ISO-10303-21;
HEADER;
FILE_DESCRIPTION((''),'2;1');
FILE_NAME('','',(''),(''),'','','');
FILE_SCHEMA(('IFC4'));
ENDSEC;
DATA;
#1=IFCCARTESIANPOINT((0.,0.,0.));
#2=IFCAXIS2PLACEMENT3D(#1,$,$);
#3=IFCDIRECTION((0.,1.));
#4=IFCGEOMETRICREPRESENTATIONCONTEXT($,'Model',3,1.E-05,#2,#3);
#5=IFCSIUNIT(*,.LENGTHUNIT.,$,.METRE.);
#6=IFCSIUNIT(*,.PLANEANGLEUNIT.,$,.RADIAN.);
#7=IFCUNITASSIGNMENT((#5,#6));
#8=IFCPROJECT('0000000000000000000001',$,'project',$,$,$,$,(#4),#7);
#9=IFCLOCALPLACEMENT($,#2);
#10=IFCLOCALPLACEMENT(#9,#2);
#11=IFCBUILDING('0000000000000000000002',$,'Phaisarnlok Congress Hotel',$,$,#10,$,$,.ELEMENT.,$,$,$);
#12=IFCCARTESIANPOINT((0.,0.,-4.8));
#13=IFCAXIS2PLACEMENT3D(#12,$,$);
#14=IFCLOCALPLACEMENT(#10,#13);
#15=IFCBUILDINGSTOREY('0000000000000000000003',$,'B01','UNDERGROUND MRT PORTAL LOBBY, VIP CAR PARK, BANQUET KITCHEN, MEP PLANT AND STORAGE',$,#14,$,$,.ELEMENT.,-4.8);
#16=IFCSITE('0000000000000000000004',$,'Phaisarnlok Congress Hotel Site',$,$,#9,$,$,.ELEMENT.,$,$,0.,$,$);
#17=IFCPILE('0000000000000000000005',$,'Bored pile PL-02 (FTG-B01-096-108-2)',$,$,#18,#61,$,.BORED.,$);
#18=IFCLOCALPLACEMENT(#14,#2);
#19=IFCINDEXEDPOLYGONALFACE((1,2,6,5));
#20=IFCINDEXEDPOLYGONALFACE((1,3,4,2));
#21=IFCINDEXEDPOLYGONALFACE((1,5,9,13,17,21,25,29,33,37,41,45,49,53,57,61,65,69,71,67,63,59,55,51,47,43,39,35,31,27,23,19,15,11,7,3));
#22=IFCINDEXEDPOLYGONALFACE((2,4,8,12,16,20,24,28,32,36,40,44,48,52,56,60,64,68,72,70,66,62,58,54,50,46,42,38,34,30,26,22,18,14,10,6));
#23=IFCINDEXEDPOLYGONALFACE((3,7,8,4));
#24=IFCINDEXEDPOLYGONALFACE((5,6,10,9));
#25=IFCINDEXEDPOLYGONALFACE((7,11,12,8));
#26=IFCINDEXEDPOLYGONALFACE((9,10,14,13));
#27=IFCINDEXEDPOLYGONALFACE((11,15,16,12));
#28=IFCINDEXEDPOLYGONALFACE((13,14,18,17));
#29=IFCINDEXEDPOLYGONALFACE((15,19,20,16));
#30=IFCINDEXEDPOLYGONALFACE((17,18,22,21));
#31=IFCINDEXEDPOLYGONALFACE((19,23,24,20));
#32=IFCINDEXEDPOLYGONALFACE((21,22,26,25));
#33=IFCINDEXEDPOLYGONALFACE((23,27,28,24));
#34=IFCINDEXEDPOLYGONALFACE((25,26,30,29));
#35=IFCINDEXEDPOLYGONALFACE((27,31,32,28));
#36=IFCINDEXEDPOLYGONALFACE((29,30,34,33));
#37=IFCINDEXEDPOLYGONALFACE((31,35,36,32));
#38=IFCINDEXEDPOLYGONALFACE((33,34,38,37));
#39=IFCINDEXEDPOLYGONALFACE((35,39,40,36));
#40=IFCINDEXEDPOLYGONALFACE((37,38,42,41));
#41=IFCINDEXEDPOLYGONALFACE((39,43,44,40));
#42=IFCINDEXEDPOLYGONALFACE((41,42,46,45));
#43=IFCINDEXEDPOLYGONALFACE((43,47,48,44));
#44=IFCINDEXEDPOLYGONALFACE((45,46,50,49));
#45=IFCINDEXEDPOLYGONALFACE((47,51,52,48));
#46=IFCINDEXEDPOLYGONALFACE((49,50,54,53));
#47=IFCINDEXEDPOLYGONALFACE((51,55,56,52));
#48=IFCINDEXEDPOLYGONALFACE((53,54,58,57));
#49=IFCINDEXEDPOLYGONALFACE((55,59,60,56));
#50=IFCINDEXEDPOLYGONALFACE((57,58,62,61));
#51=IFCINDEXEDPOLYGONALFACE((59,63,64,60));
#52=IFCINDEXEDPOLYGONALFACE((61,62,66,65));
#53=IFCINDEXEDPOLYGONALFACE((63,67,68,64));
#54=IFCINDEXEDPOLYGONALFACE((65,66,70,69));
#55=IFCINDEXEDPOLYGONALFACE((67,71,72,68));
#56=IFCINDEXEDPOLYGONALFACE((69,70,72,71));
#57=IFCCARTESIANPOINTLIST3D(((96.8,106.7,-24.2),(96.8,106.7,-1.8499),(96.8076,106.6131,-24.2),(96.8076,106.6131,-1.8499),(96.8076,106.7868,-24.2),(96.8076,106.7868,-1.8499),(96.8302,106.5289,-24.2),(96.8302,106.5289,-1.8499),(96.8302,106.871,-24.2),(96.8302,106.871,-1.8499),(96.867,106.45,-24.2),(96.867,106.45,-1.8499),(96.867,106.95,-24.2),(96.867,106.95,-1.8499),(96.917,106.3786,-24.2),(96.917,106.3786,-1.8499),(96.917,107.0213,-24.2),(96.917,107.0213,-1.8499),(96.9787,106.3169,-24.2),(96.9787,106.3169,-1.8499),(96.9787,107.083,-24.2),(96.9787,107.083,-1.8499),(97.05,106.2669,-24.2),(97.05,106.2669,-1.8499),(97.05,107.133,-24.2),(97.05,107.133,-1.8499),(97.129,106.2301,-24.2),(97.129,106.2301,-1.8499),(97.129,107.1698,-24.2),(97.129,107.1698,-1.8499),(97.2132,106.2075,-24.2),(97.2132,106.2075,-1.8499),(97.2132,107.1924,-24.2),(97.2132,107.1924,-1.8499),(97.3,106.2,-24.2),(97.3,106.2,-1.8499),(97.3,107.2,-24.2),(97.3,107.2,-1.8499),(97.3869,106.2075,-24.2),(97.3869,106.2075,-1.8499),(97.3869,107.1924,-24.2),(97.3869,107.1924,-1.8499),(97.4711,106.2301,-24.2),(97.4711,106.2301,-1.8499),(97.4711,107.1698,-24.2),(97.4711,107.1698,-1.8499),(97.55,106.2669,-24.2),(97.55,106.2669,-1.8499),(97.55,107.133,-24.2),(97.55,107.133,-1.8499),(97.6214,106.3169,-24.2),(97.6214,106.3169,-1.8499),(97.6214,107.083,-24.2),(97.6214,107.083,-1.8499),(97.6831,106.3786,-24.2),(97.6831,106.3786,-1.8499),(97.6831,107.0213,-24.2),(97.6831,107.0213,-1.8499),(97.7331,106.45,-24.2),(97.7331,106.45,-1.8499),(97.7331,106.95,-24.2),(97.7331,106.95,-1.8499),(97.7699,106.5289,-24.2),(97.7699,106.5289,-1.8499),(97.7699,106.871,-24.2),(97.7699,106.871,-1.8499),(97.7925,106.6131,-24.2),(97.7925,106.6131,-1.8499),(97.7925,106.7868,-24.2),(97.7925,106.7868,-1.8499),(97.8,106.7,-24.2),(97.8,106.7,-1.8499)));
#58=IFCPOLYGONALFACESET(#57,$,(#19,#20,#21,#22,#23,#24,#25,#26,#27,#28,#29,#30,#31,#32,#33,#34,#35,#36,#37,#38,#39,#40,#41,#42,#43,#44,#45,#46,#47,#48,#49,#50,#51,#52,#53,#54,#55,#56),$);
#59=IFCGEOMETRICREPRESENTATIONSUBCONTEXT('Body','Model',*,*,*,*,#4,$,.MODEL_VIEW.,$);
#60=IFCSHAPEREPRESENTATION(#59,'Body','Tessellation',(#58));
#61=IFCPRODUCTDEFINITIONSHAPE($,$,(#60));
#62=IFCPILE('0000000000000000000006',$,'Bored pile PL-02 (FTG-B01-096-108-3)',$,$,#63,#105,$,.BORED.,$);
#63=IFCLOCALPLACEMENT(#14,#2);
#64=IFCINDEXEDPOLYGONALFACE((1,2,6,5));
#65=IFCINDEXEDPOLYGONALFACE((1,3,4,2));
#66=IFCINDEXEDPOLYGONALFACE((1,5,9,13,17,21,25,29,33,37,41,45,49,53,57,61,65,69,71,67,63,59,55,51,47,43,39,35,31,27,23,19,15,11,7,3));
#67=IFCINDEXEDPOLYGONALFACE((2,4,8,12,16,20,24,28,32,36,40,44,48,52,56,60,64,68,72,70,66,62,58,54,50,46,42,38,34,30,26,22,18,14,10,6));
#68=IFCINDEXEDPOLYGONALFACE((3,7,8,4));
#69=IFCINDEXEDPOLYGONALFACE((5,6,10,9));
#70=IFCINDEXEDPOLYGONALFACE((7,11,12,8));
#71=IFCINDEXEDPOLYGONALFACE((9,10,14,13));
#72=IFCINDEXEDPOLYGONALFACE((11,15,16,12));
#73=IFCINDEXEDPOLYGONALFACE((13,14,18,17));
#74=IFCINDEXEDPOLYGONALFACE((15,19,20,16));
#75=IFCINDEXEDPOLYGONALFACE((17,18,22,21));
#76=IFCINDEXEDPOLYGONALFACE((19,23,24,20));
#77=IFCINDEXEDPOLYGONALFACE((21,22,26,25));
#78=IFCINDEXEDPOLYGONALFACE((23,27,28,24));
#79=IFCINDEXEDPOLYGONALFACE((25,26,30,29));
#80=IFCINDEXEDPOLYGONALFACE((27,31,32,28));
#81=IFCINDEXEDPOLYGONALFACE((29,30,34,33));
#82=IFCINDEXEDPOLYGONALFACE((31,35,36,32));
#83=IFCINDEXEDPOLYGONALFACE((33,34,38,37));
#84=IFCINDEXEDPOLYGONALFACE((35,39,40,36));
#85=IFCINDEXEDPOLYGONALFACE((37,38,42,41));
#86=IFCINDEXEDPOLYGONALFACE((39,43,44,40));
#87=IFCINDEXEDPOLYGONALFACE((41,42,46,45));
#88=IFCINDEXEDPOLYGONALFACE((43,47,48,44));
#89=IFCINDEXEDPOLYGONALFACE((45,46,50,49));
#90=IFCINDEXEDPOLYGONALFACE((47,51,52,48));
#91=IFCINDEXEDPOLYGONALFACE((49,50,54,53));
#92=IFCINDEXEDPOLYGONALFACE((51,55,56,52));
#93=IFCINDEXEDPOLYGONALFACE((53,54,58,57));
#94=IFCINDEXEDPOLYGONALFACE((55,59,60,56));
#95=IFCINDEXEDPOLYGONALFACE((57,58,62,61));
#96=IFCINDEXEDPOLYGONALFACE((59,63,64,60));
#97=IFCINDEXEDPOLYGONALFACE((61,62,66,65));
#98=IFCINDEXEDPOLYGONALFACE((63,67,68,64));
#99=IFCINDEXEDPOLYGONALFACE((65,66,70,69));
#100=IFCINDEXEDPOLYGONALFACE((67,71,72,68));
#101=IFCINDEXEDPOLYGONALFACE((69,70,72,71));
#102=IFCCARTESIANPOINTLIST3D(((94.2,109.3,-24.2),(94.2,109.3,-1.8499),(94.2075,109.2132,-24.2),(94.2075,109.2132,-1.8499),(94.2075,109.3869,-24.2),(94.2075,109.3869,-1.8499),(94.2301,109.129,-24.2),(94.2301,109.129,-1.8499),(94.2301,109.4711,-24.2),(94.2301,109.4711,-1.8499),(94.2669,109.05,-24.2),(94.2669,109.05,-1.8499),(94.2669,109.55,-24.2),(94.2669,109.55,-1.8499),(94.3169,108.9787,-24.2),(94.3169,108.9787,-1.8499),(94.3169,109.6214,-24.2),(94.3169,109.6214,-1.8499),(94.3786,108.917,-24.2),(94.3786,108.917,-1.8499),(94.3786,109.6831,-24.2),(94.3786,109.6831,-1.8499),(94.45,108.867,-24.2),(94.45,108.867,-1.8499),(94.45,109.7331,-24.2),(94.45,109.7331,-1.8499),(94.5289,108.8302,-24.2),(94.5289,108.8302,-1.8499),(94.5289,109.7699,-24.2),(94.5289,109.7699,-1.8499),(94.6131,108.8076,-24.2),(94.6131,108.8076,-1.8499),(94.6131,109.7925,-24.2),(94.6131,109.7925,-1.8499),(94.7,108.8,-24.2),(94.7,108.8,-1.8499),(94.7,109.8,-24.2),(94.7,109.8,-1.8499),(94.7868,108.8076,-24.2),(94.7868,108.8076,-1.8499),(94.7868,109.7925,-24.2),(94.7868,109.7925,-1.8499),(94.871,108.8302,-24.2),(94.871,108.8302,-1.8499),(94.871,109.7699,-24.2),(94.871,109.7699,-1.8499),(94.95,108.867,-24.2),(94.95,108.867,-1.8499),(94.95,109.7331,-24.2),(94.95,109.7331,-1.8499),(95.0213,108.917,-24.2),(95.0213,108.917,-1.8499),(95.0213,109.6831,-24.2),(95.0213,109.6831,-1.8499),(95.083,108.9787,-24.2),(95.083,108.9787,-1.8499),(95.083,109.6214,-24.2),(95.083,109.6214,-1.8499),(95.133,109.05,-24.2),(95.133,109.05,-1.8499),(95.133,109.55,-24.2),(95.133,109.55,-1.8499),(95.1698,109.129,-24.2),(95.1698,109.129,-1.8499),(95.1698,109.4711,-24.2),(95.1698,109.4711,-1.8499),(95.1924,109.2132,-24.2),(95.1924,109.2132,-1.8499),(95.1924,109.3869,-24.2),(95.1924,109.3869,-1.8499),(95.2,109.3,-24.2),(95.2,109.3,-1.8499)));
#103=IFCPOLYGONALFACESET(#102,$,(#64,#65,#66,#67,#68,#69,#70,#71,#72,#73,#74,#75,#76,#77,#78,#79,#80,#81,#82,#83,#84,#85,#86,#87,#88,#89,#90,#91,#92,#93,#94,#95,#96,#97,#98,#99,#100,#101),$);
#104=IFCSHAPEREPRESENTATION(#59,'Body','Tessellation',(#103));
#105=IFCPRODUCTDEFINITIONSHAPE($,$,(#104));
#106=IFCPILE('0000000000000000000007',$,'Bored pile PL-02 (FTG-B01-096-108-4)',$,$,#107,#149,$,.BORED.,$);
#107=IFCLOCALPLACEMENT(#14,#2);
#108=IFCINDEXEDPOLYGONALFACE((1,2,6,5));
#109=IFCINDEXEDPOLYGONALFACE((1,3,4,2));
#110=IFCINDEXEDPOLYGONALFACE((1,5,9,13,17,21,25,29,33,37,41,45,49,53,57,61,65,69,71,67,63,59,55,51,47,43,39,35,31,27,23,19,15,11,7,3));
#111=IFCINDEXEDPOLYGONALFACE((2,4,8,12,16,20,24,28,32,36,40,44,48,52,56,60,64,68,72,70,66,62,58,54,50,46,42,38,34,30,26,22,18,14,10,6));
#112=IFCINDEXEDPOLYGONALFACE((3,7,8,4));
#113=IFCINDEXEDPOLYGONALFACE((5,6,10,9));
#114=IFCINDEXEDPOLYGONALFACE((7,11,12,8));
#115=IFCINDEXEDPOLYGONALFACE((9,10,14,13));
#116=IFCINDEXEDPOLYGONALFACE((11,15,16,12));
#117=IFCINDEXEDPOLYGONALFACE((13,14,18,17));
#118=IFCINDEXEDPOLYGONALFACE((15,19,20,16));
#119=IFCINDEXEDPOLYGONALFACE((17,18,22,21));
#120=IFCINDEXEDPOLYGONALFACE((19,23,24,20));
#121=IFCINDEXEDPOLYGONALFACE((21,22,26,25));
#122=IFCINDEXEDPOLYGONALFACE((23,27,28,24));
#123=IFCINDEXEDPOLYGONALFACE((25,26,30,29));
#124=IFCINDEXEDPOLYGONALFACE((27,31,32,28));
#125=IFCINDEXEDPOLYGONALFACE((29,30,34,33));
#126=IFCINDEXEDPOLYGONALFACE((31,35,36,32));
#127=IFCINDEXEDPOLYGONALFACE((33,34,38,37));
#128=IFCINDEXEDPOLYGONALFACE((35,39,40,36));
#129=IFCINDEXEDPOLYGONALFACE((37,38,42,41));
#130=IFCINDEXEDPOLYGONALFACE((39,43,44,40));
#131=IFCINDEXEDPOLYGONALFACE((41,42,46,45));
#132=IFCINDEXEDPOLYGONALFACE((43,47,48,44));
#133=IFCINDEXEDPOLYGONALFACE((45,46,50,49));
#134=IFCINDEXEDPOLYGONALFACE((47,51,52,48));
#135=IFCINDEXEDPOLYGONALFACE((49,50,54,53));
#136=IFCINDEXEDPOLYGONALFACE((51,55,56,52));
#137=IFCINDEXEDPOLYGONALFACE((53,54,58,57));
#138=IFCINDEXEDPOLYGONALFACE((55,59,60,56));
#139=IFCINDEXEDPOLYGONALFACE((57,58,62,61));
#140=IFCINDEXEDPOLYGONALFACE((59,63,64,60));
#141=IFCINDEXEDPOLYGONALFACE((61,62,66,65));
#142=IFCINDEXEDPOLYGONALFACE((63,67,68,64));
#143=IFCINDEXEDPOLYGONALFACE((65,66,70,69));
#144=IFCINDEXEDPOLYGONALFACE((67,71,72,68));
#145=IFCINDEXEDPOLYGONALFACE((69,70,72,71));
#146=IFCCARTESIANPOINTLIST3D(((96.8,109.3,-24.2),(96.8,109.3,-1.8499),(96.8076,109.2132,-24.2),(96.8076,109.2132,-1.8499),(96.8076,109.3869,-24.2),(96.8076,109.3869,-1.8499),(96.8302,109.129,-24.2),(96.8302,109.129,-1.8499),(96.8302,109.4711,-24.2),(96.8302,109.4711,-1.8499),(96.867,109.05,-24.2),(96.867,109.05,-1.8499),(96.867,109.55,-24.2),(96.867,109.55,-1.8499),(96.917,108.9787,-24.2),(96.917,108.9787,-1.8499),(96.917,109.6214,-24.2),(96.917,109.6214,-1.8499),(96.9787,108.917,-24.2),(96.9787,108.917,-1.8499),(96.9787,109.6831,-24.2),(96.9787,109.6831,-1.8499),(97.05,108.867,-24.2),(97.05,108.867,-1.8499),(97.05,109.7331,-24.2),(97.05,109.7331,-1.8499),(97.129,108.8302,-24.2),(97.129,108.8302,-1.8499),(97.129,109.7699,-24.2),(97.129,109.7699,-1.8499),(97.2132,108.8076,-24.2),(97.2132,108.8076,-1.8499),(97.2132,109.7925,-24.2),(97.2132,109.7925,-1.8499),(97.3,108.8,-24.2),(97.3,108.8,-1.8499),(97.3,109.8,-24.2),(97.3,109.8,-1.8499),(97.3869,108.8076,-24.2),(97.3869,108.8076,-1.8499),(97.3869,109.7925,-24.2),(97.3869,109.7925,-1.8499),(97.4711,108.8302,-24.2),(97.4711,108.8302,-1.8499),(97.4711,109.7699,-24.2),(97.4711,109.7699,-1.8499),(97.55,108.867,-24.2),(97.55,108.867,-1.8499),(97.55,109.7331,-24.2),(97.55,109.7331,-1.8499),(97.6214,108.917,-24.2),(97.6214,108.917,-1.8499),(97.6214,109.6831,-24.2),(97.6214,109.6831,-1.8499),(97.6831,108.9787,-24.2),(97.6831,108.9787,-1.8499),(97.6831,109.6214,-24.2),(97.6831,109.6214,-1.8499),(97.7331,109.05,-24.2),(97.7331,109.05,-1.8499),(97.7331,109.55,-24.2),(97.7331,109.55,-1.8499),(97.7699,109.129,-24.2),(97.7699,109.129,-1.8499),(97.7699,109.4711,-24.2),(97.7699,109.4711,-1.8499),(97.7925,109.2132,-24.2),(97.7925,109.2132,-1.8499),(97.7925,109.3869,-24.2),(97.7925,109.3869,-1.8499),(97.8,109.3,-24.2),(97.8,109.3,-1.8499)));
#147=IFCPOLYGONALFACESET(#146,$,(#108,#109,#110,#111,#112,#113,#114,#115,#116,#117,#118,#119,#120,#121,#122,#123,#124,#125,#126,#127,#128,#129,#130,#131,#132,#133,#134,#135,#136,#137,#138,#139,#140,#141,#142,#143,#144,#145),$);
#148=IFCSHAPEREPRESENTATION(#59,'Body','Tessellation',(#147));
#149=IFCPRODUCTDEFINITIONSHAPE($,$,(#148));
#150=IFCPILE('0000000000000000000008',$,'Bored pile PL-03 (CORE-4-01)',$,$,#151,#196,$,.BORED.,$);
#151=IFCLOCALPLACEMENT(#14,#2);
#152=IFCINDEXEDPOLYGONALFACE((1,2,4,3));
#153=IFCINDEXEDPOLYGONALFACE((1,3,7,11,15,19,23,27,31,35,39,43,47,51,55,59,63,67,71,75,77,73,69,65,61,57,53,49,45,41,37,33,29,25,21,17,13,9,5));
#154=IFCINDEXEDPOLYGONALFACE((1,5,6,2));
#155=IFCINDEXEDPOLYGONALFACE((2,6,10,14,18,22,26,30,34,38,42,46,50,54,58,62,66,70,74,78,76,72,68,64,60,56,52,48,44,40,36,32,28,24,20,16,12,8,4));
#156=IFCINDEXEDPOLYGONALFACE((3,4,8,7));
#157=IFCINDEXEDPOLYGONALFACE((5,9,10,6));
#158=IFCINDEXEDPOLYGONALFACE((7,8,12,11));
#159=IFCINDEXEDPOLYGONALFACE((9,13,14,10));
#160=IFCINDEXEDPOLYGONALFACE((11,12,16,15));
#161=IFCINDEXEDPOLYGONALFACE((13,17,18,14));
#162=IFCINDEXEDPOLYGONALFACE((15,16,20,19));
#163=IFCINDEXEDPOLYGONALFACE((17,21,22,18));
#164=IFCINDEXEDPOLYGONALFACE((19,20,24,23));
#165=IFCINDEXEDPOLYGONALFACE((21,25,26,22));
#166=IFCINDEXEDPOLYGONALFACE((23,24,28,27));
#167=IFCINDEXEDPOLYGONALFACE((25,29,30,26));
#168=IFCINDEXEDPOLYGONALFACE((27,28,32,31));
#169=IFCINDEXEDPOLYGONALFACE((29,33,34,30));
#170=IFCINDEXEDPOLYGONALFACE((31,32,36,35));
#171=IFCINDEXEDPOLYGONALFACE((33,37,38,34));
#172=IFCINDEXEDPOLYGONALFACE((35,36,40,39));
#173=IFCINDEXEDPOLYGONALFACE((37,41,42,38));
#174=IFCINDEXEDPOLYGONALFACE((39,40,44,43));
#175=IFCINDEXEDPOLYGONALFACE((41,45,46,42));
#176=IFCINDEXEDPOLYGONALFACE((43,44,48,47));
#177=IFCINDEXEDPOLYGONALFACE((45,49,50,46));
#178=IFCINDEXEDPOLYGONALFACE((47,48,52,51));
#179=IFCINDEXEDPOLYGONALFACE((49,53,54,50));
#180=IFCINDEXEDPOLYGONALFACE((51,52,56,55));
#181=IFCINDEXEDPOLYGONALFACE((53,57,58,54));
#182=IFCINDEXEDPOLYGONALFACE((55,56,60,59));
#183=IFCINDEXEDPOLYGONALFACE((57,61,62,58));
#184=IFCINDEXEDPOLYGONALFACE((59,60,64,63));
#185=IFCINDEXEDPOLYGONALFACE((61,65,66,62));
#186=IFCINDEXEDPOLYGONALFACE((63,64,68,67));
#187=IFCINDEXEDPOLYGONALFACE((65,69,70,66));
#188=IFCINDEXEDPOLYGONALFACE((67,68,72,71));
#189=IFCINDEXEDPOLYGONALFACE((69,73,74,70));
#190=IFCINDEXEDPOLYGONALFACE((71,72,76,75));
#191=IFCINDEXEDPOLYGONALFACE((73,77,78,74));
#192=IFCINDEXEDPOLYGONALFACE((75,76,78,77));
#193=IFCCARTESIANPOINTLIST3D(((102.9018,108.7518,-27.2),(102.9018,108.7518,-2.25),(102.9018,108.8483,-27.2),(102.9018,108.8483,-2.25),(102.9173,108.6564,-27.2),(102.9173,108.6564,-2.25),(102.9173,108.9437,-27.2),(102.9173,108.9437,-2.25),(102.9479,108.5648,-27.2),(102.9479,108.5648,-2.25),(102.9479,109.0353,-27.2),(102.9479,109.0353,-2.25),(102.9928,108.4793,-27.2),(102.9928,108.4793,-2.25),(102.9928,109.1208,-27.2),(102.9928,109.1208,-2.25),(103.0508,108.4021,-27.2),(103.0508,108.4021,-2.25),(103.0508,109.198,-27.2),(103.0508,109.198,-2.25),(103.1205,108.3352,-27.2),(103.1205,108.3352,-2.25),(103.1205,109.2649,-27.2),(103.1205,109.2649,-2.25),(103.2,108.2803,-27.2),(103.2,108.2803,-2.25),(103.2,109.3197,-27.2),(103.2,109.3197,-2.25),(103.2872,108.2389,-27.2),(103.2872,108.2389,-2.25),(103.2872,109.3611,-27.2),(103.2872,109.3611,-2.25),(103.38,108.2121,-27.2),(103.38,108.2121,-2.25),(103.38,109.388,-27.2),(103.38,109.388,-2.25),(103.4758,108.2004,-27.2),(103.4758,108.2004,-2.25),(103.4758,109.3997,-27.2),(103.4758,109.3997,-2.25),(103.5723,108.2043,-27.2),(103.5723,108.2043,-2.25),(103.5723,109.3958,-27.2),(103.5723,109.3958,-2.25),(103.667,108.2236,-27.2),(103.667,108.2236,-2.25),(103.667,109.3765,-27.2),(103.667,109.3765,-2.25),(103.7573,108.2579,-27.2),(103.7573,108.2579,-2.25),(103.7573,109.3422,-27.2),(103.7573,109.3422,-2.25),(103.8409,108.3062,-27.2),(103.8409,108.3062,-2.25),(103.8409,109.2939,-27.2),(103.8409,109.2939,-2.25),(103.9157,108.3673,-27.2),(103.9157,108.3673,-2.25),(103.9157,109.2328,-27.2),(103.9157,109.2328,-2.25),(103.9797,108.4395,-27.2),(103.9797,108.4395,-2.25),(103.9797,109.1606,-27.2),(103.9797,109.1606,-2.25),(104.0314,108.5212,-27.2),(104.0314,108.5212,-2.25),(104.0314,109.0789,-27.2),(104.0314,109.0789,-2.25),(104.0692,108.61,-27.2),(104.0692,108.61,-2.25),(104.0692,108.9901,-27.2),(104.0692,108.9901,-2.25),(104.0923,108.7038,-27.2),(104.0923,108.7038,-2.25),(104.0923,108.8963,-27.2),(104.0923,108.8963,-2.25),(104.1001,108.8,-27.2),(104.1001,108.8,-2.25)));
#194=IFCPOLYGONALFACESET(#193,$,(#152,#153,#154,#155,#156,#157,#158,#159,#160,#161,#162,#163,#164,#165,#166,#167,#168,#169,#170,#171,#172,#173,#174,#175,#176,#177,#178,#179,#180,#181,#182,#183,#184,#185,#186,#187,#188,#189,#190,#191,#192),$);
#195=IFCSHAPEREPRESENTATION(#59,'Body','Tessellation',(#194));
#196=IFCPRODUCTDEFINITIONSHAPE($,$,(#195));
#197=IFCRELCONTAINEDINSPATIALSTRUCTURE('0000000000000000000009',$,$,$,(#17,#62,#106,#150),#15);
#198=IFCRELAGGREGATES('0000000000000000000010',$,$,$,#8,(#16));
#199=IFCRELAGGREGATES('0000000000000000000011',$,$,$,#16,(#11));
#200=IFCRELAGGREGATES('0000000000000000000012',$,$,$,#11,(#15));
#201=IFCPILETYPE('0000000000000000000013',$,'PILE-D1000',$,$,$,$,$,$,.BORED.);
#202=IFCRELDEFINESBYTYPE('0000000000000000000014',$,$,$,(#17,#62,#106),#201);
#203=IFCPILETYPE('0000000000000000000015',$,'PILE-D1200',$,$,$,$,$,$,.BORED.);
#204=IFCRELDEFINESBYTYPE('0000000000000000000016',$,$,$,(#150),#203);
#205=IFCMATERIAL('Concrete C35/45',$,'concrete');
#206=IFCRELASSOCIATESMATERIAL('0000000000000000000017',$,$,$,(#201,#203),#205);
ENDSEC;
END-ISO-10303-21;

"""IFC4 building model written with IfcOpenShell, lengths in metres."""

from ifc_helpers import new_model, si_unit, direction, frame, origin, origin_2d, place, context, subcontext, project, spatial, circle, extrude, material, material_profile, profile_set, type_object, element, save


model = new_model("IFC4")

# Units and contexts
model_context = context("Model", 3, precision=1e-05, world=origin(), true_north=direction((0.0, 1.0)))
body_context = subcontext(model_context, "Body", "Model", "MODEL_VIEW")
ifc_project = project(units=[si_unit("LENGTHUNIT", "METRE"), si_unit("PLANEANGLEUNIT", "RADIAN")], contexts=[model_context])

# Site, building, storey
site_placement = place(None, origin())
site = spatial("IfcSite", under=ifc_project, at=site_placement, Name="Phaisarnlok Congress Hotel Site", CompositionType="ELEMENT", RefElevation=0.0)
building_placement = place(site_placement, origin())
building = spatial("IfcBuilding", under=site, at=building_placement, Name="Phaisarnlok Congress Hotel", CompositionType="ELEMENT")
storey_placement = place(building_placement, frame((0.0, 0.0, -4.8)))
storey = spatial("IfcBuildingStorey", under=building, at=storey_placement, Name="B01", Description="UNDERGROUND MRT PORTAL LOBBY, VIP CAR PARK, BANQUET KITCHEN, MEP PLANT AND STORAGE", CompositionType="ELEMENT", Elevation=-4.8)

# Piles
ifc_material_1 = material(Name="Concrete C35/45", Category="concrete")
ifc_material_profile_1 = material_profile(ifc_material_1, circle(Radius=0.5, at=origin_2d()), Name="BORED PILE D1000")
ifc_profile_set_1 = profile_set([ifc_material_profile_1], Name="Concrete C35/45")
pile_type_1 = type_object("IfcPileType", Name="PILE-D1000", PredefinedType="BORED", material=ifc_profile_set_1)
for number, where, z_axis, x_axis, name in (
    (1, (97.3, 106.7, -1.8499), (0.0, 0.0, -1.0), (1.0, 0.0, 0.0), "Bored pile PL-02 (FTG-B01-096-108-2)"),
    (2, (94.7, 109.3, -1.8499), (0.0, 0.0, -1.0), (1.0, 0.0, 0.0), "Bored pile PL-02 (FTG-B01-096-108-3)"),
    (3, (97.3, 109.3, -1.8499), (0.0, 0.0, -1.0), (1.0, 0.0, 0.0), "Bored pile PL-02 (FTG-B01-096-108-4)"),
):
    element("IfcPile", number, at=place(storey_placement, frame(where, z_axis=z_axis, x_axis=x_axis)), inside=storey, type_object=pile_type_1, Name=name, PredefinedType="BORED", context=body_context, shape_type="SweptSolid", body=[
        extrude(circle(Radius=0.5, at=origin_2d()), origin(), (0.0, 0.0, 1.0), 22.3501),
    ])
ifc_material_profile_2 = material_profile(ifc_material_1, circle(Radius=0.6001, at=origin_2d()), Name="BORED PILE D1200")
ifc_profile_set_2 = profile_set([ifc_material_profile_2], Name="Concrete C35/45")
pile_type_2 = type_object("IfcPileType", Name="PILE-D1200", PredefinedType="BORED", material=ifc_profile_set_2)
for number, where, z_axis, x_axis, name in (
    (4, (103.5, 108.8, -2.25), (0.0, 0.0, -1.0), (1.0, 0.0, 0.0), "Bored pile PL-03 (CORE-4-01)"),
):
    element("IfcPile", number, at=place(storey_placement, frame(where, z_axis=z_axis, x_axis=x_axis)), inside=storey, type_object=pile_type_2, Name=name, PredefinedType="BORED", context=body_context, shape_type="SweptSolid", body=[
        extrude(circle(Radius=0.6001, at=origin_2d()), origin(), (0.0, 0.0, 1.0), 24.95),
    ])

save(model, "model.ifc")
